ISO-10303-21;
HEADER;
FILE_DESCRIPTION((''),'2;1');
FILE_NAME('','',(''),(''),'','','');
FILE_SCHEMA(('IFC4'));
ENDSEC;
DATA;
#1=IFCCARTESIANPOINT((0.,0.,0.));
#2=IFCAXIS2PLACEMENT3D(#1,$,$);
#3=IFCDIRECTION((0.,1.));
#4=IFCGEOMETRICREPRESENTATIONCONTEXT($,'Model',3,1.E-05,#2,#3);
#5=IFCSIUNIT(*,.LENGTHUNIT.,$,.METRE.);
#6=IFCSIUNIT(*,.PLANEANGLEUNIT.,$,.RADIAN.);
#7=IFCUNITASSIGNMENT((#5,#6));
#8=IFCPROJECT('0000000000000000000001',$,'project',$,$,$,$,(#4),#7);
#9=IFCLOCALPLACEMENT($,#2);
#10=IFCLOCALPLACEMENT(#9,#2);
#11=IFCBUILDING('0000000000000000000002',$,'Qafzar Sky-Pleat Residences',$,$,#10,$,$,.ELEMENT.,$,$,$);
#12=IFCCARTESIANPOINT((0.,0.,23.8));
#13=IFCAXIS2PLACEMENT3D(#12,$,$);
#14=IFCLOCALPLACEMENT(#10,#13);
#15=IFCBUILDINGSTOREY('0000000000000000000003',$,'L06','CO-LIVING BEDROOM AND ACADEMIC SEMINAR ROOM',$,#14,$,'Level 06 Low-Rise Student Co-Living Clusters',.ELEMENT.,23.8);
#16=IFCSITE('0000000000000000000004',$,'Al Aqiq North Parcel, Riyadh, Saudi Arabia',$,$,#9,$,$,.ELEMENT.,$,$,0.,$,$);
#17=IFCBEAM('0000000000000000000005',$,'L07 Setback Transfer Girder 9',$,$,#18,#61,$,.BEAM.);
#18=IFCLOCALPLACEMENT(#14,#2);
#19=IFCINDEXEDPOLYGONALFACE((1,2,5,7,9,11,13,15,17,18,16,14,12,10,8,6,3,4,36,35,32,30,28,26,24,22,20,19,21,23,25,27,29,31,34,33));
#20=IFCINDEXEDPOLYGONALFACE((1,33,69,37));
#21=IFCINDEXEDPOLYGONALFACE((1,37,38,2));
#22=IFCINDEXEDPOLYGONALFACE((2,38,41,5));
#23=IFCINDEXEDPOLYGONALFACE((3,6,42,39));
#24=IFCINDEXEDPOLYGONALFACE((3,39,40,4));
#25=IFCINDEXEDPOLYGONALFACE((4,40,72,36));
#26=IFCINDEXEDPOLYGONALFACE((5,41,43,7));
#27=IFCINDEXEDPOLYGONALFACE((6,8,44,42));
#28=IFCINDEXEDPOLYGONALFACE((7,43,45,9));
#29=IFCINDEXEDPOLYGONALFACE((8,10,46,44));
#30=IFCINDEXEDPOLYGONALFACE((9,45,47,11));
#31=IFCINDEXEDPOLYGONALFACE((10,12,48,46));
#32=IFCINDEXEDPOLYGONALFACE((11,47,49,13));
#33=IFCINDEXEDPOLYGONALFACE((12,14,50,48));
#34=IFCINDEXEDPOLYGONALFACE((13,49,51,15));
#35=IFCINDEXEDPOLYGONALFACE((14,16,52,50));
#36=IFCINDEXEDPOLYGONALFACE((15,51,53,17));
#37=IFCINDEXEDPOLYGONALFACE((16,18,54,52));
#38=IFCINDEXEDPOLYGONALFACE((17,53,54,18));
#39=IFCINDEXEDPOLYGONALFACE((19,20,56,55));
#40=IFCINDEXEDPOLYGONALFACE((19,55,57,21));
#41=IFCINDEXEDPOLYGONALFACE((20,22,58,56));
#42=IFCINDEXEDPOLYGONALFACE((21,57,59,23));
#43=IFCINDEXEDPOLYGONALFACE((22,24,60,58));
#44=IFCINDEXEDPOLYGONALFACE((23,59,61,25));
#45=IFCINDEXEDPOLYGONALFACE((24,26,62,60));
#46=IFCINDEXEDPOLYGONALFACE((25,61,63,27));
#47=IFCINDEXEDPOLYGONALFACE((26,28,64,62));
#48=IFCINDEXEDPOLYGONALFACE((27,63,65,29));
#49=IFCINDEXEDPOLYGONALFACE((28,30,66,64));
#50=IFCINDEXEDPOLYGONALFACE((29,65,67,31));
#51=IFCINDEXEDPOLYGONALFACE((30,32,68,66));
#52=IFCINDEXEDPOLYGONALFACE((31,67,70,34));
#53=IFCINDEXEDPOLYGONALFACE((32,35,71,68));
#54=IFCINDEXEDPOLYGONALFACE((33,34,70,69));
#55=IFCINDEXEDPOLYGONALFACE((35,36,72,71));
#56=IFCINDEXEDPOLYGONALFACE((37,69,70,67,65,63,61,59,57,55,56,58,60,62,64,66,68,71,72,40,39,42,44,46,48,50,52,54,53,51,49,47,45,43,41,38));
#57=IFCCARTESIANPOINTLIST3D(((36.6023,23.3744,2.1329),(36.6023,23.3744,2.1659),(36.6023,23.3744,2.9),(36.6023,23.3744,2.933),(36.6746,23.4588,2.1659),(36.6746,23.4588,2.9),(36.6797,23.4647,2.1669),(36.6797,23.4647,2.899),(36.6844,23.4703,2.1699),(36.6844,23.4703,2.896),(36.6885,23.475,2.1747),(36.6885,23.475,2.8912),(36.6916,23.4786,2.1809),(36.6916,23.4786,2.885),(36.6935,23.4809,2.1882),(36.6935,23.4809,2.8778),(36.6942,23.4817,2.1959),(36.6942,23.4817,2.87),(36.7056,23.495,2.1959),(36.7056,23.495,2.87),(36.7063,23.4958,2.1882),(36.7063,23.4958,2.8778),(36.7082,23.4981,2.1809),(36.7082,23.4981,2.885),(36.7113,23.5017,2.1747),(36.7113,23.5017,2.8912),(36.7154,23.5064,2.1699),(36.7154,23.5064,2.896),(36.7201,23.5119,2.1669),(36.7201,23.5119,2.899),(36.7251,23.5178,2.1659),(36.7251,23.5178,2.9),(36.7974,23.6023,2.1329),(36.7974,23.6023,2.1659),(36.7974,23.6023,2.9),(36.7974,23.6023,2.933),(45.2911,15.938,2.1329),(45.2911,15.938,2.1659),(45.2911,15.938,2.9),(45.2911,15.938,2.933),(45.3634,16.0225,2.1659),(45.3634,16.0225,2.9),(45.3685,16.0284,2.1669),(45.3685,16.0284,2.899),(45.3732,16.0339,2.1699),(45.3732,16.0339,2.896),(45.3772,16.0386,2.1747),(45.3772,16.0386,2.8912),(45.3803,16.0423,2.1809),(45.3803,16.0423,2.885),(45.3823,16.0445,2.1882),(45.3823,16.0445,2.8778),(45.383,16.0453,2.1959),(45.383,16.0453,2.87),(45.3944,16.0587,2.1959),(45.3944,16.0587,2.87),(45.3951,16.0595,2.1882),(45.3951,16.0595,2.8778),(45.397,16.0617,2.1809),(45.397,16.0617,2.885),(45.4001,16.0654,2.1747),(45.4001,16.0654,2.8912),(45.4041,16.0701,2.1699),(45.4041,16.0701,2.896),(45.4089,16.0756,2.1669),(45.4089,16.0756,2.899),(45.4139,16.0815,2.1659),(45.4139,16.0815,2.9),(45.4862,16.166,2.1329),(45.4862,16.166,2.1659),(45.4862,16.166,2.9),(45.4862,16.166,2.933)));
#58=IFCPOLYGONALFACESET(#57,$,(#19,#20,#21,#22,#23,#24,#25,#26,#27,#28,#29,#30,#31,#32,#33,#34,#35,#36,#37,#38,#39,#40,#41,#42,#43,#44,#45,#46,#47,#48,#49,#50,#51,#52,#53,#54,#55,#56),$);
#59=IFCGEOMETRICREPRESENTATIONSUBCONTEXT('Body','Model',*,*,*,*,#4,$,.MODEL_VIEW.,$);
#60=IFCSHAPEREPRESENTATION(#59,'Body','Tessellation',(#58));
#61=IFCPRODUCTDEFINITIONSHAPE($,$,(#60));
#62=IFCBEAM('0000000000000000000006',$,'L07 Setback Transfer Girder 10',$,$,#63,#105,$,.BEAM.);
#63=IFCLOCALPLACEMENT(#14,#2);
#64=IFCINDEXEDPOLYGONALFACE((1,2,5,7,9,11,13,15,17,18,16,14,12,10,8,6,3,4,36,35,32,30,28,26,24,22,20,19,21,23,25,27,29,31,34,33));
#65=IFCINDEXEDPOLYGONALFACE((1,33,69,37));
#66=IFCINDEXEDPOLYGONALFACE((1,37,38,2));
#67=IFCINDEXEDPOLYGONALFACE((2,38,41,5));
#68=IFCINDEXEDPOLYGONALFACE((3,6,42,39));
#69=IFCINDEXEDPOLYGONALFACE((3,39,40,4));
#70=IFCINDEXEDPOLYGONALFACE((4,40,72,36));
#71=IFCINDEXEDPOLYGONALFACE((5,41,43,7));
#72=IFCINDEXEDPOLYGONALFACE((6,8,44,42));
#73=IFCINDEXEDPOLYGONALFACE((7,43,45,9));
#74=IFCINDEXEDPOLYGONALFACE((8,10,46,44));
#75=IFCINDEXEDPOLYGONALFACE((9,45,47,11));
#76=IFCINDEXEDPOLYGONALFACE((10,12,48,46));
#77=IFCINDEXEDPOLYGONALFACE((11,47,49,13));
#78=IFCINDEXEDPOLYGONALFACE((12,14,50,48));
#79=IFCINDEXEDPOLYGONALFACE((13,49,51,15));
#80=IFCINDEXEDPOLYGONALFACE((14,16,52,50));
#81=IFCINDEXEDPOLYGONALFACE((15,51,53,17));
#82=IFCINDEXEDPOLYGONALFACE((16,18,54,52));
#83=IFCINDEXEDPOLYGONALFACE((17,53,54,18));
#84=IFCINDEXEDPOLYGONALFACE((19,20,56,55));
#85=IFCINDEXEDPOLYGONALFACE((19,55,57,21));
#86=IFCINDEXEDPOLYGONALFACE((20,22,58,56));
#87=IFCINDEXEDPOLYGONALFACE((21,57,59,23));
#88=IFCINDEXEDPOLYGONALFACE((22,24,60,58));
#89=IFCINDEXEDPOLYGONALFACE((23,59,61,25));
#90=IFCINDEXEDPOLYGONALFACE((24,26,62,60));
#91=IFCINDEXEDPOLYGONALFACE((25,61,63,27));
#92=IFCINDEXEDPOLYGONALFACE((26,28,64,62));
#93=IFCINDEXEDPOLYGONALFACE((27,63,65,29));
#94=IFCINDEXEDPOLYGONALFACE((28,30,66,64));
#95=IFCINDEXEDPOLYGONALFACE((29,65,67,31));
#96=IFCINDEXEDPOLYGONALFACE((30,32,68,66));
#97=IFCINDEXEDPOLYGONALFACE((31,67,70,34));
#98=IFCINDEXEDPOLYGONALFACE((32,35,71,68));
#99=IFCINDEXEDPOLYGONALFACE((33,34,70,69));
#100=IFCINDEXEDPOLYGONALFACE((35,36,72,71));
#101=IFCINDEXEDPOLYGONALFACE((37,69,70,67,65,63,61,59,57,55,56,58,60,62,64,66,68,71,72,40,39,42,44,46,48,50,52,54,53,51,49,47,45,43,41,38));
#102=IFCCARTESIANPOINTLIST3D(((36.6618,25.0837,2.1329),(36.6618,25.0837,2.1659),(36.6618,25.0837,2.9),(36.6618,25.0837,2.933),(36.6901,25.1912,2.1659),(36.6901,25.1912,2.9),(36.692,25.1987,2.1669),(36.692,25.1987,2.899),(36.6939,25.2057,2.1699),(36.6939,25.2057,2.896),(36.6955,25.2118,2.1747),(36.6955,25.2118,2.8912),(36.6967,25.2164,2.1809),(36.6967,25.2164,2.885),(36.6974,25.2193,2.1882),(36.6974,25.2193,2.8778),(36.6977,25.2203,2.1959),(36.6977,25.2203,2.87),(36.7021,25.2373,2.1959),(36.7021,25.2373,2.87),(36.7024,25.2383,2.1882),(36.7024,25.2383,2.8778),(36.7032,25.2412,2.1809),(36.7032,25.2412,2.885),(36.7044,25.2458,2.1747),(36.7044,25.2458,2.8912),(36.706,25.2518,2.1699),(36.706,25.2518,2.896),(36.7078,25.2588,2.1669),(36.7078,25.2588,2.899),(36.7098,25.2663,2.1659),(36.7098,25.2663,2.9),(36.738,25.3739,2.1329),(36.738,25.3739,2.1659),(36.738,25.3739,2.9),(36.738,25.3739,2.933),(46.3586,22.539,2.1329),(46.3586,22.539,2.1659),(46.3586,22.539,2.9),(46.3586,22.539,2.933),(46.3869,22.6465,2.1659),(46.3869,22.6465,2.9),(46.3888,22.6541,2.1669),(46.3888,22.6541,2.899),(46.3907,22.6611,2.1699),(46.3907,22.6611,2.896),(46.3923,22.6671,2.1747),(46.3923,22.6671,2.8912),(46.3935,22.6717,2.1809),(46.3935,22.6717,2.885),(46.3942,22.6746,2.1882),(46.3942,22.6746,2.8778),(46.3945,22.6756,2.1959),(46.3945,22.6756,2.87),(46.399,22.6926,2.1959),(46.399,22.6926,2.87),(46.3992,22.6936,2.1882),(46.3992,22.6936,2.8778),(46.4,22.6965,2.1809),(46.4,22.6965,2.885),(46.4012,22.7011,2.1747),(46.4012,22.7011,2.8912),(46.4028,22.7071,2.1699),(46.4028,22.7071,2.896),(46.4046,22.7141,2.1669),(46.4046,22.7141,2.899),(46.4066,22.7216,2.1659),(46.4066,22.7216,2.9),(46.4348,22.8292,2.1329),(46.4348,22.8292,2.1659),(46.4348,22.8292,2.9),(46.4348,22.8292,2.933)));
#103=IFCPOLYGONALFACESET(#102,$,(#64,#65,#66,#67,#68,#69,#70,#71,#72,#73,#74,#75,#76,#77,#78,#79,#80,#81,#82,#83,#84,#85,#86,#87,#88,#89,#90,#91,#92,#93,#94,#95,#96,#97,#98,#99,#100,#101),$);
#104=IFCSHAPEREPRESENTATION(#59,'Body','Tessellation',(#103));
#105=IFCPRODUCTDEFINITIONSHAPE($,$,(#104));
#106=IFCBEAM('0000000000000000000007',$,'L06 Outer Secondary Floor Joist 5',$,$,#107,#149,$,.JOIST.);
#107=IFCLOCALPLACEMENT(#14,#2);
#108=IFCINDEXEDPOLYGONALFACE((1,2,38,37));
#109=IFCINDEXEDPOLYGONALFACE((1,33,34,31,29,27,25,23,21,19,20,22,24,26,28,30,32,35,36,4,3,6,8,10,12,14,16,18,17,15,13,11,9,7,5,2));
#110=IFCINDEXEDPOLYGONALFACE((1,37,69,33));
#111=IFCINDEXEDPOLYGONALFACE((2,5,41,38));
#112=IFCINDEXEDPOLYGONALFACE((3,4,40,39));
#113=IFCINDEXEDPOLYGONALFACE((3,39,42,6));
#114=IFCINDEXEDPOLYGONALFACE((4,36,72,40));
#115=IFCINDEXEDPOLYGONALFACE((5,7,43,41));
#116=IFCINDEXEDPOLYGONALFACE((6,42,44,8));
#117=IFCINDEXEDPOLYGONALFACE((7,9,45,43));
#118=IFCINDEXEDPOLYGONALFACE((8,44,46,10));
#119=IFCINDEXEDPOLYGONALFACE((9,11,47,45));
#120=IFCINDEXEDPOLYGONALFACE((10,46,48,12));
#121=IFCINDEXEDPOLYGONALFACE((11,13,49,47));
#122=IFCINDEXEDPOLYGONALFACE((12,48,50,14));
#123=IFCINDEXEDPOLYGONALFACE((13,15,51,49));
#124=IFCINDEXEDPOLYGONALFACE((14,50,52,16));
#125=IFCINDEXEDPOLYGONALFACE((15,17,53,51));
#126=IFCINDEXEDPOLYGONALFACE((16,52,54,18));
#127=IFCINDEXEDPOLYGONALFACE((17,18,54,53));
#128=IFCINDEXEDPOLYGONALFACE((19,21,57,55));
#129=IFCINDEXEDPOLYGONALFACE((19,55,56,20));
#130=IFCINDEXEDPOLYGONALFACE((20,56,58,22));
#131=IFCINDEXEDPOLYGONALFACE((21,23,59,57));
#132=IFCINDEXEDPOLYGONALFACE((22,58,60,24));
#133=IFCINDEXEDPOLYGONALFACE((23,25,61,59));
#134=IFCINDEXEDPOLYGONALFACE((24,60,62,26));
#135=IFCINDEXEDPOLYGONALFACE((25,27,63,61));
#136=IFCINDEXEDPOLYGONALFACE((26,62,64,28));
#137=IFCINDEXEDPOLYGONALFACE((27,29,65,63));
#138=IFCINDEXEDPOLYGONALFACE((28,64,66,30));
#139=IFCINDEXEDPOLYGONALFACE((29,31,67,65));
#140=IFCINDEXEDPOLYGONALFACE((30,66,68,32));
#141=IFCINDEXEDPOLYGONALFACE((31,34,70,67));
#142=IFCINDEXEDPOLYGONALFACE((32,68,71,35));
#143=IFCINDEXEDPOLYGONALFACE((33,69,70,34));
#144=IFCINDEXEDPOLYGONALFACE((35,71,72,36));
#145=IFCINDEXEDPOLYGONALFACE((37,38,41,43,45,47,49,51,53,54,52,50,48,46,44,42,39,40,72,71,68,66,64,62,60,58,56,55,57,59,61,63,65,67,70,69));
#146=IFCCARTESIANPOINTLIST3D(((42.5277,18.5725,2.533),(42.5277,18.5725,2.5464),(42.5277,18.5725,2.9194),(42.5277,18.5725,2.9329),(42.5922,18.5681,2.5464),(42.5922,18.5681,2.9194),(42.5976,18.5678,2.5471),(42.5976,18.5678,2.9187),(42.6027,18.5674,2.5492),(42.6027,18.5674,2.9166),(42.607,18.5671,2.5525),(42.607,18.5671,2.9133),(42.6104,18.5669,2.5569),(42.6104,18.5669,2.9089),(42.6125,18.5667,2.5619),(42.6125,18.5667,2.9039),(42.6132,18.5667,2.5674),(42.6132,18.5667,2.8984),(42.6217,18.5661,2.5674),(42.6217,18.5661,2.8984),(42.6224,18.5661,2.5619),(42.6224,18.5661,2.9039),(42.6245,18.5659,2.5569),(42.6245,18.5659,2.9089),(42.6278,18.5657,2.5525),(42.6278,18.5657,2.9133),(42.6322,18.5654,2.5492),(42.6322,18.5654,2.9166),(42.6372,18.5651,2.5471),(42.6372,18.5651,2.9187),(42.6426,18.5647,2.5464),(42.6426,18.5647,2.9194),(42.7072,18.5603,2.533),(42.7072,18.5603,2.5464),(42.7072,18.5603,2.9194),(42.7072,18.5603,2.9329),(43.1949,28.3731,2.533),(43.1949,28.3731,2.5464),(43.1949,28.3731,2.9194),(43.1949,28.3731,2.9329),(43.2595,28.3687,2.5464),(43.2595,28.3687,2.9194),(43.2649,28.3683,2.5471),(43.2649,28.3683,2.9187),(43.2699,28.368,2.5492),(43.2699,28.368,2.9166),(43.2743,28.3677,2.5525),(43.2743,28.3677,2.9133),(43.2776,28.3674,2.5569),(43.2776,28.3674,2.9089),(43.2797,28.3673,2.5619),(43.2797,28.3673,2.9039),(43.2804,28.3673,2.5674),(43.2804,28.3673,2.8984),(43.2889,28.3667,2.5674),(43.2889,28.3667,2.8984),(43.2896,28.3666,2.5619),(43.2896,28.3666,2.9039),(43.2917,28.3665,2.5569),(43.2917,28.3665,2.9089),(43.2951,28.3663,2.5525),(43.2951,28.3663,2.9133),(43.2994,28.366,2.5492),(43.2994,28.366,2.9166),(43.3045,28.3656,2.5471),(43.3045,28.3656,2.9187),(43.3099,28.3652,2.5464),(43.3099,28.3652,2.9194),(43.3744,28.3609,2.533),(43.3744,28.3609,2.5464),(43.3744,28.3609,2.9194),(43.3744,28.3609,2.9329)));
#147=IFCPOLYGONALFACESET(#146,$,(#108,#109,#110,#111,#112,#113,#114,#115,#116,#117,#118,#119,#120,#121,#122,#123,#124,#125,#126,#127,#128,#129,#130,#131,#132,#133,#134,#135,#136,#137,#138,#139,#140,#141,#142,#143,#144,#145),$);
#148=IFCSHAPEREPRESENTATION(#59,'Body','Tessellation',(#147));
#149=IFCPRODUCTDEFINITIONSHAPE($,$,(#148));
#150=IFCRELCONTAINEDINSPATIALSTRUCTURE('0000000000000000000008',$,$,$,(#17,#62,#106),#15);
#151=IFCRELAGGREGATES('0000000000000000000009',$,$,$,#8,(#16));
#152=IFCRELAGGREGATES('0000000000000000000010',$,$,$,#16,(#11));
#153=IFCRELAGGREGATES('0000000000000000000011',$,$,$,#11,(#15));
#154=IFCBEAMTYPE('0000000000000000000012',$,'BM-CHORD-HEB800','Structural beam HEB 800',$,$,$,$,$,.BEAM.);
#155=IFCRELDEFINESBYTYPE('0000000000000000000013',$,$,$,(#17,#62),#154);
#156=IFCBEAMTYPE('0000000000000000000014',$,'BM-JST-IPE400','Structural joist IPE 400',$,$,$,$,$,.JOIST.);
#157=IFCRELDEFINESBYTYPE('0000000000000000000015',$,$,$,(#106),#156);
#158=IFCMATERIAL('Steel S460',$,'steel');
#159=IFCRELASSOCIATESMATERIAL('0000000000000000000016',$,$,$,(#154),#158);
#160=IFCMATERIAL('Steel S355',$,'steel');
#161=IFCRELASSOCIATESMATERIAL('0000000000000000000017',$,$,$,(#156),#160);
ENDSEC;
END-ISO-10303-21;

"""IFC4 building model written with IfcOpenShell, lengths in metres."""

from ifc_helpers import new_model, si_unit, direction, frame, origin, origin_2d, place, context, subcontext, project, spatial, i_section, extrude, source, transform, mapped, material, material_profile, profile_set, type_object, element, save


model = new_model("IFC4")

# Units and contexts
model_context = context("Model", 3, precision=1e-05, world=origin(), true_north=direction((0.0, 1.0)))
body_context = subcontext(model_context, "Body", "Model", "MODEL_VIEW")
ifc_project = project(units=[si_unit("LENGTHUNIT", "METRE"), si_unit("PLANEANGLEUNIT", "RADIAN")], contexts=[model_context])

# Site, building, storey
site_placement = place(None, origin())
site = spatial("IfcSite", under=ifc_project, at=site_placement, Name="Al Aqiq North Parcel, Riyadh, Saudi Arabia", CompositionType="ELEMENT", RefElevation=0.0)
building_placement = place(site_placement, origin())
building = spatial("IfcBuilding", under=site, at=building_placement, Name="Qafzar Sky-Pleat Residences", CompositionType="ELEMENT")
storey_placement = place(building_placement, frame((0.0, 0.0, 23.8)))
storey = spatial("IfcBuildingStorey", under=building, at=storey_placement, Name="L06", Description="CO-LIVING BEDROOM AND ACADEMIC SEMINAR ROOM", LongName="Level 06 Low-Rise Student Co-Living Clusters", CompositionType="ELEMENT", Elevation=23.8)

# Shared definitions
ifc_material_1 = material(Name="Steel S460", Category="steel")

# Beams
ifc_material_2 = material(Name="Steel S355", Category="steel")
ifc_material_profile_1 = material_profile(ifc_material_1, i_section(OverallWidth=0.3, OverallDepth=0.8, WebThickness=0.0176, FlangeThickness=0.033, FilletRadius=0.03, at=origin_2d()), Name="HEB 800")
ifc_profile_set_1 = profile_set([ifc_material_profile_1], Name="Steel S460")
beam_type_1 = type_object("IfcBeamType", Name="BM-CHORD-HEB800", Description="Structural beam HEB 800", PredefinedType="BEAM", material=ifc_profile_set_1)
shared_shape_1 = source(origin(), body_context, "Body", "SweptSolid", [
    extrude(i_section(OverallWidth=0.3, OverallDepth=0.8, WebThickness=0.0176, FlangeThickness=0.033, FilletRadius=0.03, at=origin_2d()), origin(), (0.0, 0.0, 1.0), 11.4365),
])
beam_1_placement = place(storey_placement, frame((45.3887, 16.052, 2.533), z_axis=(-0.75974, 0.650227, 0.0), x_axis=(-0.650227, -0.75974, 0.0)))
element("IfcBeam", 1, at=beam_1_placement, inside=storey, type_object=beam_type_1, Name="L07 Setback Transfer Girder 9", PredefinedType="BEAM", context=body_context, shape_type="MappedRepresentation", body=[
    mapped(shared_shape_1, transform((0.0, 0.0, 0.0), x_axis=(1.0, 0.0, 0.0), y_axis=(0.0, 1.0, 0.0), z_axis=(0.0, 0.0, 1.0), scale=1.0)),
])
shared_shape_2 = source(origin(), body_context, "Body", "SweptSolid", [
    extrude(i_section(OverallWidth=0.3, OverallDepth=0.8, WebThickness=0.0176, FlangeThickness=0.033, FilletRadius=0.03, at=origin_2d()), origin(), (0.0, 0.0, 1.0), 10.0251),
])
beam_2_placement = place(storey_placement, frame((46.3967, 22.6841, 2.533), z_axis=(-0.967249, 0.25383, 0.0), x_axis=(-0.25383, -0.967249, 0.0)))
element("IfcBeam", 2, at=beam_2_placement, inside=storey, type_object=beam_type_1, Name="L07 Setback Transfer Girder 10", PredefinedType="BEAM", context=body_context, shape_type="MappedRepresentation", body=[
    mapped(shared_shape_2, transform((0.0, 0.0, 0.0), x_axis=(1.0, 0.0, 0.0), y_axis=(0.0, 1.0, 0.0), z_axis=(0.0, 0.0, 1.0), scale=1.0)),
])
ifc_material_profile_2 = material_profile(ifc_material_2, i_section(OverallWidth=0.1799, OverallDepth=0.3999, WebThickness=0.0085, FlangeThickness=0.0134, FilletRadius=0.021, at=origin_2d()), Name="IPE 400")
ifc_profile_set_2 = profile_set([ifc_material_profile_2], Name="Steel S355")
beam_type_2 = type_object("IfcBeamType", Name="BM-JST-IPE400", Description="Structural joist IPE 400", PredefinedType="JOIST", material=ifc_profile_set_2)
shared_shape_3 = source(origin(), body_context, "Body", "SweptSolid", [
    extrude(i_section(OverallWidth=0.1799, OverallDepth=0.3999, WebThickness=0.0085, FlangeThickness=0.0134, FilletRadius=0.021, at=origin_2d()), origin(), (0.0, 0.0, 1.0), 9.8232),
])
beam_3_placement = place(storey_placement, frame((42.6174, 18.5664, 2.7329), z_axis=(0.067924, 0.99769, 0.0), x_axis=(-0.99769, 0.067924, 0.0)))
element("IfcBeam", 3, at=beam_3_placement, inside=storey, type_object=beam_type_2, Name="L06 Outer Secondary Floor Joist 5", PredefinedType="JOIST", context=body_context, shape_type="MappedRepresentation", body=[
    mapped(shared_shape_3, transform((0.0, 0.0, 0.0), x_axis=(1.0, 0.0, 0.0), y_axis=(0.0, 1.0, 0.0), z_axis=(0.0, 0.0, 1.0), scale=1.0)),
])

save(model, "model.ifc")
